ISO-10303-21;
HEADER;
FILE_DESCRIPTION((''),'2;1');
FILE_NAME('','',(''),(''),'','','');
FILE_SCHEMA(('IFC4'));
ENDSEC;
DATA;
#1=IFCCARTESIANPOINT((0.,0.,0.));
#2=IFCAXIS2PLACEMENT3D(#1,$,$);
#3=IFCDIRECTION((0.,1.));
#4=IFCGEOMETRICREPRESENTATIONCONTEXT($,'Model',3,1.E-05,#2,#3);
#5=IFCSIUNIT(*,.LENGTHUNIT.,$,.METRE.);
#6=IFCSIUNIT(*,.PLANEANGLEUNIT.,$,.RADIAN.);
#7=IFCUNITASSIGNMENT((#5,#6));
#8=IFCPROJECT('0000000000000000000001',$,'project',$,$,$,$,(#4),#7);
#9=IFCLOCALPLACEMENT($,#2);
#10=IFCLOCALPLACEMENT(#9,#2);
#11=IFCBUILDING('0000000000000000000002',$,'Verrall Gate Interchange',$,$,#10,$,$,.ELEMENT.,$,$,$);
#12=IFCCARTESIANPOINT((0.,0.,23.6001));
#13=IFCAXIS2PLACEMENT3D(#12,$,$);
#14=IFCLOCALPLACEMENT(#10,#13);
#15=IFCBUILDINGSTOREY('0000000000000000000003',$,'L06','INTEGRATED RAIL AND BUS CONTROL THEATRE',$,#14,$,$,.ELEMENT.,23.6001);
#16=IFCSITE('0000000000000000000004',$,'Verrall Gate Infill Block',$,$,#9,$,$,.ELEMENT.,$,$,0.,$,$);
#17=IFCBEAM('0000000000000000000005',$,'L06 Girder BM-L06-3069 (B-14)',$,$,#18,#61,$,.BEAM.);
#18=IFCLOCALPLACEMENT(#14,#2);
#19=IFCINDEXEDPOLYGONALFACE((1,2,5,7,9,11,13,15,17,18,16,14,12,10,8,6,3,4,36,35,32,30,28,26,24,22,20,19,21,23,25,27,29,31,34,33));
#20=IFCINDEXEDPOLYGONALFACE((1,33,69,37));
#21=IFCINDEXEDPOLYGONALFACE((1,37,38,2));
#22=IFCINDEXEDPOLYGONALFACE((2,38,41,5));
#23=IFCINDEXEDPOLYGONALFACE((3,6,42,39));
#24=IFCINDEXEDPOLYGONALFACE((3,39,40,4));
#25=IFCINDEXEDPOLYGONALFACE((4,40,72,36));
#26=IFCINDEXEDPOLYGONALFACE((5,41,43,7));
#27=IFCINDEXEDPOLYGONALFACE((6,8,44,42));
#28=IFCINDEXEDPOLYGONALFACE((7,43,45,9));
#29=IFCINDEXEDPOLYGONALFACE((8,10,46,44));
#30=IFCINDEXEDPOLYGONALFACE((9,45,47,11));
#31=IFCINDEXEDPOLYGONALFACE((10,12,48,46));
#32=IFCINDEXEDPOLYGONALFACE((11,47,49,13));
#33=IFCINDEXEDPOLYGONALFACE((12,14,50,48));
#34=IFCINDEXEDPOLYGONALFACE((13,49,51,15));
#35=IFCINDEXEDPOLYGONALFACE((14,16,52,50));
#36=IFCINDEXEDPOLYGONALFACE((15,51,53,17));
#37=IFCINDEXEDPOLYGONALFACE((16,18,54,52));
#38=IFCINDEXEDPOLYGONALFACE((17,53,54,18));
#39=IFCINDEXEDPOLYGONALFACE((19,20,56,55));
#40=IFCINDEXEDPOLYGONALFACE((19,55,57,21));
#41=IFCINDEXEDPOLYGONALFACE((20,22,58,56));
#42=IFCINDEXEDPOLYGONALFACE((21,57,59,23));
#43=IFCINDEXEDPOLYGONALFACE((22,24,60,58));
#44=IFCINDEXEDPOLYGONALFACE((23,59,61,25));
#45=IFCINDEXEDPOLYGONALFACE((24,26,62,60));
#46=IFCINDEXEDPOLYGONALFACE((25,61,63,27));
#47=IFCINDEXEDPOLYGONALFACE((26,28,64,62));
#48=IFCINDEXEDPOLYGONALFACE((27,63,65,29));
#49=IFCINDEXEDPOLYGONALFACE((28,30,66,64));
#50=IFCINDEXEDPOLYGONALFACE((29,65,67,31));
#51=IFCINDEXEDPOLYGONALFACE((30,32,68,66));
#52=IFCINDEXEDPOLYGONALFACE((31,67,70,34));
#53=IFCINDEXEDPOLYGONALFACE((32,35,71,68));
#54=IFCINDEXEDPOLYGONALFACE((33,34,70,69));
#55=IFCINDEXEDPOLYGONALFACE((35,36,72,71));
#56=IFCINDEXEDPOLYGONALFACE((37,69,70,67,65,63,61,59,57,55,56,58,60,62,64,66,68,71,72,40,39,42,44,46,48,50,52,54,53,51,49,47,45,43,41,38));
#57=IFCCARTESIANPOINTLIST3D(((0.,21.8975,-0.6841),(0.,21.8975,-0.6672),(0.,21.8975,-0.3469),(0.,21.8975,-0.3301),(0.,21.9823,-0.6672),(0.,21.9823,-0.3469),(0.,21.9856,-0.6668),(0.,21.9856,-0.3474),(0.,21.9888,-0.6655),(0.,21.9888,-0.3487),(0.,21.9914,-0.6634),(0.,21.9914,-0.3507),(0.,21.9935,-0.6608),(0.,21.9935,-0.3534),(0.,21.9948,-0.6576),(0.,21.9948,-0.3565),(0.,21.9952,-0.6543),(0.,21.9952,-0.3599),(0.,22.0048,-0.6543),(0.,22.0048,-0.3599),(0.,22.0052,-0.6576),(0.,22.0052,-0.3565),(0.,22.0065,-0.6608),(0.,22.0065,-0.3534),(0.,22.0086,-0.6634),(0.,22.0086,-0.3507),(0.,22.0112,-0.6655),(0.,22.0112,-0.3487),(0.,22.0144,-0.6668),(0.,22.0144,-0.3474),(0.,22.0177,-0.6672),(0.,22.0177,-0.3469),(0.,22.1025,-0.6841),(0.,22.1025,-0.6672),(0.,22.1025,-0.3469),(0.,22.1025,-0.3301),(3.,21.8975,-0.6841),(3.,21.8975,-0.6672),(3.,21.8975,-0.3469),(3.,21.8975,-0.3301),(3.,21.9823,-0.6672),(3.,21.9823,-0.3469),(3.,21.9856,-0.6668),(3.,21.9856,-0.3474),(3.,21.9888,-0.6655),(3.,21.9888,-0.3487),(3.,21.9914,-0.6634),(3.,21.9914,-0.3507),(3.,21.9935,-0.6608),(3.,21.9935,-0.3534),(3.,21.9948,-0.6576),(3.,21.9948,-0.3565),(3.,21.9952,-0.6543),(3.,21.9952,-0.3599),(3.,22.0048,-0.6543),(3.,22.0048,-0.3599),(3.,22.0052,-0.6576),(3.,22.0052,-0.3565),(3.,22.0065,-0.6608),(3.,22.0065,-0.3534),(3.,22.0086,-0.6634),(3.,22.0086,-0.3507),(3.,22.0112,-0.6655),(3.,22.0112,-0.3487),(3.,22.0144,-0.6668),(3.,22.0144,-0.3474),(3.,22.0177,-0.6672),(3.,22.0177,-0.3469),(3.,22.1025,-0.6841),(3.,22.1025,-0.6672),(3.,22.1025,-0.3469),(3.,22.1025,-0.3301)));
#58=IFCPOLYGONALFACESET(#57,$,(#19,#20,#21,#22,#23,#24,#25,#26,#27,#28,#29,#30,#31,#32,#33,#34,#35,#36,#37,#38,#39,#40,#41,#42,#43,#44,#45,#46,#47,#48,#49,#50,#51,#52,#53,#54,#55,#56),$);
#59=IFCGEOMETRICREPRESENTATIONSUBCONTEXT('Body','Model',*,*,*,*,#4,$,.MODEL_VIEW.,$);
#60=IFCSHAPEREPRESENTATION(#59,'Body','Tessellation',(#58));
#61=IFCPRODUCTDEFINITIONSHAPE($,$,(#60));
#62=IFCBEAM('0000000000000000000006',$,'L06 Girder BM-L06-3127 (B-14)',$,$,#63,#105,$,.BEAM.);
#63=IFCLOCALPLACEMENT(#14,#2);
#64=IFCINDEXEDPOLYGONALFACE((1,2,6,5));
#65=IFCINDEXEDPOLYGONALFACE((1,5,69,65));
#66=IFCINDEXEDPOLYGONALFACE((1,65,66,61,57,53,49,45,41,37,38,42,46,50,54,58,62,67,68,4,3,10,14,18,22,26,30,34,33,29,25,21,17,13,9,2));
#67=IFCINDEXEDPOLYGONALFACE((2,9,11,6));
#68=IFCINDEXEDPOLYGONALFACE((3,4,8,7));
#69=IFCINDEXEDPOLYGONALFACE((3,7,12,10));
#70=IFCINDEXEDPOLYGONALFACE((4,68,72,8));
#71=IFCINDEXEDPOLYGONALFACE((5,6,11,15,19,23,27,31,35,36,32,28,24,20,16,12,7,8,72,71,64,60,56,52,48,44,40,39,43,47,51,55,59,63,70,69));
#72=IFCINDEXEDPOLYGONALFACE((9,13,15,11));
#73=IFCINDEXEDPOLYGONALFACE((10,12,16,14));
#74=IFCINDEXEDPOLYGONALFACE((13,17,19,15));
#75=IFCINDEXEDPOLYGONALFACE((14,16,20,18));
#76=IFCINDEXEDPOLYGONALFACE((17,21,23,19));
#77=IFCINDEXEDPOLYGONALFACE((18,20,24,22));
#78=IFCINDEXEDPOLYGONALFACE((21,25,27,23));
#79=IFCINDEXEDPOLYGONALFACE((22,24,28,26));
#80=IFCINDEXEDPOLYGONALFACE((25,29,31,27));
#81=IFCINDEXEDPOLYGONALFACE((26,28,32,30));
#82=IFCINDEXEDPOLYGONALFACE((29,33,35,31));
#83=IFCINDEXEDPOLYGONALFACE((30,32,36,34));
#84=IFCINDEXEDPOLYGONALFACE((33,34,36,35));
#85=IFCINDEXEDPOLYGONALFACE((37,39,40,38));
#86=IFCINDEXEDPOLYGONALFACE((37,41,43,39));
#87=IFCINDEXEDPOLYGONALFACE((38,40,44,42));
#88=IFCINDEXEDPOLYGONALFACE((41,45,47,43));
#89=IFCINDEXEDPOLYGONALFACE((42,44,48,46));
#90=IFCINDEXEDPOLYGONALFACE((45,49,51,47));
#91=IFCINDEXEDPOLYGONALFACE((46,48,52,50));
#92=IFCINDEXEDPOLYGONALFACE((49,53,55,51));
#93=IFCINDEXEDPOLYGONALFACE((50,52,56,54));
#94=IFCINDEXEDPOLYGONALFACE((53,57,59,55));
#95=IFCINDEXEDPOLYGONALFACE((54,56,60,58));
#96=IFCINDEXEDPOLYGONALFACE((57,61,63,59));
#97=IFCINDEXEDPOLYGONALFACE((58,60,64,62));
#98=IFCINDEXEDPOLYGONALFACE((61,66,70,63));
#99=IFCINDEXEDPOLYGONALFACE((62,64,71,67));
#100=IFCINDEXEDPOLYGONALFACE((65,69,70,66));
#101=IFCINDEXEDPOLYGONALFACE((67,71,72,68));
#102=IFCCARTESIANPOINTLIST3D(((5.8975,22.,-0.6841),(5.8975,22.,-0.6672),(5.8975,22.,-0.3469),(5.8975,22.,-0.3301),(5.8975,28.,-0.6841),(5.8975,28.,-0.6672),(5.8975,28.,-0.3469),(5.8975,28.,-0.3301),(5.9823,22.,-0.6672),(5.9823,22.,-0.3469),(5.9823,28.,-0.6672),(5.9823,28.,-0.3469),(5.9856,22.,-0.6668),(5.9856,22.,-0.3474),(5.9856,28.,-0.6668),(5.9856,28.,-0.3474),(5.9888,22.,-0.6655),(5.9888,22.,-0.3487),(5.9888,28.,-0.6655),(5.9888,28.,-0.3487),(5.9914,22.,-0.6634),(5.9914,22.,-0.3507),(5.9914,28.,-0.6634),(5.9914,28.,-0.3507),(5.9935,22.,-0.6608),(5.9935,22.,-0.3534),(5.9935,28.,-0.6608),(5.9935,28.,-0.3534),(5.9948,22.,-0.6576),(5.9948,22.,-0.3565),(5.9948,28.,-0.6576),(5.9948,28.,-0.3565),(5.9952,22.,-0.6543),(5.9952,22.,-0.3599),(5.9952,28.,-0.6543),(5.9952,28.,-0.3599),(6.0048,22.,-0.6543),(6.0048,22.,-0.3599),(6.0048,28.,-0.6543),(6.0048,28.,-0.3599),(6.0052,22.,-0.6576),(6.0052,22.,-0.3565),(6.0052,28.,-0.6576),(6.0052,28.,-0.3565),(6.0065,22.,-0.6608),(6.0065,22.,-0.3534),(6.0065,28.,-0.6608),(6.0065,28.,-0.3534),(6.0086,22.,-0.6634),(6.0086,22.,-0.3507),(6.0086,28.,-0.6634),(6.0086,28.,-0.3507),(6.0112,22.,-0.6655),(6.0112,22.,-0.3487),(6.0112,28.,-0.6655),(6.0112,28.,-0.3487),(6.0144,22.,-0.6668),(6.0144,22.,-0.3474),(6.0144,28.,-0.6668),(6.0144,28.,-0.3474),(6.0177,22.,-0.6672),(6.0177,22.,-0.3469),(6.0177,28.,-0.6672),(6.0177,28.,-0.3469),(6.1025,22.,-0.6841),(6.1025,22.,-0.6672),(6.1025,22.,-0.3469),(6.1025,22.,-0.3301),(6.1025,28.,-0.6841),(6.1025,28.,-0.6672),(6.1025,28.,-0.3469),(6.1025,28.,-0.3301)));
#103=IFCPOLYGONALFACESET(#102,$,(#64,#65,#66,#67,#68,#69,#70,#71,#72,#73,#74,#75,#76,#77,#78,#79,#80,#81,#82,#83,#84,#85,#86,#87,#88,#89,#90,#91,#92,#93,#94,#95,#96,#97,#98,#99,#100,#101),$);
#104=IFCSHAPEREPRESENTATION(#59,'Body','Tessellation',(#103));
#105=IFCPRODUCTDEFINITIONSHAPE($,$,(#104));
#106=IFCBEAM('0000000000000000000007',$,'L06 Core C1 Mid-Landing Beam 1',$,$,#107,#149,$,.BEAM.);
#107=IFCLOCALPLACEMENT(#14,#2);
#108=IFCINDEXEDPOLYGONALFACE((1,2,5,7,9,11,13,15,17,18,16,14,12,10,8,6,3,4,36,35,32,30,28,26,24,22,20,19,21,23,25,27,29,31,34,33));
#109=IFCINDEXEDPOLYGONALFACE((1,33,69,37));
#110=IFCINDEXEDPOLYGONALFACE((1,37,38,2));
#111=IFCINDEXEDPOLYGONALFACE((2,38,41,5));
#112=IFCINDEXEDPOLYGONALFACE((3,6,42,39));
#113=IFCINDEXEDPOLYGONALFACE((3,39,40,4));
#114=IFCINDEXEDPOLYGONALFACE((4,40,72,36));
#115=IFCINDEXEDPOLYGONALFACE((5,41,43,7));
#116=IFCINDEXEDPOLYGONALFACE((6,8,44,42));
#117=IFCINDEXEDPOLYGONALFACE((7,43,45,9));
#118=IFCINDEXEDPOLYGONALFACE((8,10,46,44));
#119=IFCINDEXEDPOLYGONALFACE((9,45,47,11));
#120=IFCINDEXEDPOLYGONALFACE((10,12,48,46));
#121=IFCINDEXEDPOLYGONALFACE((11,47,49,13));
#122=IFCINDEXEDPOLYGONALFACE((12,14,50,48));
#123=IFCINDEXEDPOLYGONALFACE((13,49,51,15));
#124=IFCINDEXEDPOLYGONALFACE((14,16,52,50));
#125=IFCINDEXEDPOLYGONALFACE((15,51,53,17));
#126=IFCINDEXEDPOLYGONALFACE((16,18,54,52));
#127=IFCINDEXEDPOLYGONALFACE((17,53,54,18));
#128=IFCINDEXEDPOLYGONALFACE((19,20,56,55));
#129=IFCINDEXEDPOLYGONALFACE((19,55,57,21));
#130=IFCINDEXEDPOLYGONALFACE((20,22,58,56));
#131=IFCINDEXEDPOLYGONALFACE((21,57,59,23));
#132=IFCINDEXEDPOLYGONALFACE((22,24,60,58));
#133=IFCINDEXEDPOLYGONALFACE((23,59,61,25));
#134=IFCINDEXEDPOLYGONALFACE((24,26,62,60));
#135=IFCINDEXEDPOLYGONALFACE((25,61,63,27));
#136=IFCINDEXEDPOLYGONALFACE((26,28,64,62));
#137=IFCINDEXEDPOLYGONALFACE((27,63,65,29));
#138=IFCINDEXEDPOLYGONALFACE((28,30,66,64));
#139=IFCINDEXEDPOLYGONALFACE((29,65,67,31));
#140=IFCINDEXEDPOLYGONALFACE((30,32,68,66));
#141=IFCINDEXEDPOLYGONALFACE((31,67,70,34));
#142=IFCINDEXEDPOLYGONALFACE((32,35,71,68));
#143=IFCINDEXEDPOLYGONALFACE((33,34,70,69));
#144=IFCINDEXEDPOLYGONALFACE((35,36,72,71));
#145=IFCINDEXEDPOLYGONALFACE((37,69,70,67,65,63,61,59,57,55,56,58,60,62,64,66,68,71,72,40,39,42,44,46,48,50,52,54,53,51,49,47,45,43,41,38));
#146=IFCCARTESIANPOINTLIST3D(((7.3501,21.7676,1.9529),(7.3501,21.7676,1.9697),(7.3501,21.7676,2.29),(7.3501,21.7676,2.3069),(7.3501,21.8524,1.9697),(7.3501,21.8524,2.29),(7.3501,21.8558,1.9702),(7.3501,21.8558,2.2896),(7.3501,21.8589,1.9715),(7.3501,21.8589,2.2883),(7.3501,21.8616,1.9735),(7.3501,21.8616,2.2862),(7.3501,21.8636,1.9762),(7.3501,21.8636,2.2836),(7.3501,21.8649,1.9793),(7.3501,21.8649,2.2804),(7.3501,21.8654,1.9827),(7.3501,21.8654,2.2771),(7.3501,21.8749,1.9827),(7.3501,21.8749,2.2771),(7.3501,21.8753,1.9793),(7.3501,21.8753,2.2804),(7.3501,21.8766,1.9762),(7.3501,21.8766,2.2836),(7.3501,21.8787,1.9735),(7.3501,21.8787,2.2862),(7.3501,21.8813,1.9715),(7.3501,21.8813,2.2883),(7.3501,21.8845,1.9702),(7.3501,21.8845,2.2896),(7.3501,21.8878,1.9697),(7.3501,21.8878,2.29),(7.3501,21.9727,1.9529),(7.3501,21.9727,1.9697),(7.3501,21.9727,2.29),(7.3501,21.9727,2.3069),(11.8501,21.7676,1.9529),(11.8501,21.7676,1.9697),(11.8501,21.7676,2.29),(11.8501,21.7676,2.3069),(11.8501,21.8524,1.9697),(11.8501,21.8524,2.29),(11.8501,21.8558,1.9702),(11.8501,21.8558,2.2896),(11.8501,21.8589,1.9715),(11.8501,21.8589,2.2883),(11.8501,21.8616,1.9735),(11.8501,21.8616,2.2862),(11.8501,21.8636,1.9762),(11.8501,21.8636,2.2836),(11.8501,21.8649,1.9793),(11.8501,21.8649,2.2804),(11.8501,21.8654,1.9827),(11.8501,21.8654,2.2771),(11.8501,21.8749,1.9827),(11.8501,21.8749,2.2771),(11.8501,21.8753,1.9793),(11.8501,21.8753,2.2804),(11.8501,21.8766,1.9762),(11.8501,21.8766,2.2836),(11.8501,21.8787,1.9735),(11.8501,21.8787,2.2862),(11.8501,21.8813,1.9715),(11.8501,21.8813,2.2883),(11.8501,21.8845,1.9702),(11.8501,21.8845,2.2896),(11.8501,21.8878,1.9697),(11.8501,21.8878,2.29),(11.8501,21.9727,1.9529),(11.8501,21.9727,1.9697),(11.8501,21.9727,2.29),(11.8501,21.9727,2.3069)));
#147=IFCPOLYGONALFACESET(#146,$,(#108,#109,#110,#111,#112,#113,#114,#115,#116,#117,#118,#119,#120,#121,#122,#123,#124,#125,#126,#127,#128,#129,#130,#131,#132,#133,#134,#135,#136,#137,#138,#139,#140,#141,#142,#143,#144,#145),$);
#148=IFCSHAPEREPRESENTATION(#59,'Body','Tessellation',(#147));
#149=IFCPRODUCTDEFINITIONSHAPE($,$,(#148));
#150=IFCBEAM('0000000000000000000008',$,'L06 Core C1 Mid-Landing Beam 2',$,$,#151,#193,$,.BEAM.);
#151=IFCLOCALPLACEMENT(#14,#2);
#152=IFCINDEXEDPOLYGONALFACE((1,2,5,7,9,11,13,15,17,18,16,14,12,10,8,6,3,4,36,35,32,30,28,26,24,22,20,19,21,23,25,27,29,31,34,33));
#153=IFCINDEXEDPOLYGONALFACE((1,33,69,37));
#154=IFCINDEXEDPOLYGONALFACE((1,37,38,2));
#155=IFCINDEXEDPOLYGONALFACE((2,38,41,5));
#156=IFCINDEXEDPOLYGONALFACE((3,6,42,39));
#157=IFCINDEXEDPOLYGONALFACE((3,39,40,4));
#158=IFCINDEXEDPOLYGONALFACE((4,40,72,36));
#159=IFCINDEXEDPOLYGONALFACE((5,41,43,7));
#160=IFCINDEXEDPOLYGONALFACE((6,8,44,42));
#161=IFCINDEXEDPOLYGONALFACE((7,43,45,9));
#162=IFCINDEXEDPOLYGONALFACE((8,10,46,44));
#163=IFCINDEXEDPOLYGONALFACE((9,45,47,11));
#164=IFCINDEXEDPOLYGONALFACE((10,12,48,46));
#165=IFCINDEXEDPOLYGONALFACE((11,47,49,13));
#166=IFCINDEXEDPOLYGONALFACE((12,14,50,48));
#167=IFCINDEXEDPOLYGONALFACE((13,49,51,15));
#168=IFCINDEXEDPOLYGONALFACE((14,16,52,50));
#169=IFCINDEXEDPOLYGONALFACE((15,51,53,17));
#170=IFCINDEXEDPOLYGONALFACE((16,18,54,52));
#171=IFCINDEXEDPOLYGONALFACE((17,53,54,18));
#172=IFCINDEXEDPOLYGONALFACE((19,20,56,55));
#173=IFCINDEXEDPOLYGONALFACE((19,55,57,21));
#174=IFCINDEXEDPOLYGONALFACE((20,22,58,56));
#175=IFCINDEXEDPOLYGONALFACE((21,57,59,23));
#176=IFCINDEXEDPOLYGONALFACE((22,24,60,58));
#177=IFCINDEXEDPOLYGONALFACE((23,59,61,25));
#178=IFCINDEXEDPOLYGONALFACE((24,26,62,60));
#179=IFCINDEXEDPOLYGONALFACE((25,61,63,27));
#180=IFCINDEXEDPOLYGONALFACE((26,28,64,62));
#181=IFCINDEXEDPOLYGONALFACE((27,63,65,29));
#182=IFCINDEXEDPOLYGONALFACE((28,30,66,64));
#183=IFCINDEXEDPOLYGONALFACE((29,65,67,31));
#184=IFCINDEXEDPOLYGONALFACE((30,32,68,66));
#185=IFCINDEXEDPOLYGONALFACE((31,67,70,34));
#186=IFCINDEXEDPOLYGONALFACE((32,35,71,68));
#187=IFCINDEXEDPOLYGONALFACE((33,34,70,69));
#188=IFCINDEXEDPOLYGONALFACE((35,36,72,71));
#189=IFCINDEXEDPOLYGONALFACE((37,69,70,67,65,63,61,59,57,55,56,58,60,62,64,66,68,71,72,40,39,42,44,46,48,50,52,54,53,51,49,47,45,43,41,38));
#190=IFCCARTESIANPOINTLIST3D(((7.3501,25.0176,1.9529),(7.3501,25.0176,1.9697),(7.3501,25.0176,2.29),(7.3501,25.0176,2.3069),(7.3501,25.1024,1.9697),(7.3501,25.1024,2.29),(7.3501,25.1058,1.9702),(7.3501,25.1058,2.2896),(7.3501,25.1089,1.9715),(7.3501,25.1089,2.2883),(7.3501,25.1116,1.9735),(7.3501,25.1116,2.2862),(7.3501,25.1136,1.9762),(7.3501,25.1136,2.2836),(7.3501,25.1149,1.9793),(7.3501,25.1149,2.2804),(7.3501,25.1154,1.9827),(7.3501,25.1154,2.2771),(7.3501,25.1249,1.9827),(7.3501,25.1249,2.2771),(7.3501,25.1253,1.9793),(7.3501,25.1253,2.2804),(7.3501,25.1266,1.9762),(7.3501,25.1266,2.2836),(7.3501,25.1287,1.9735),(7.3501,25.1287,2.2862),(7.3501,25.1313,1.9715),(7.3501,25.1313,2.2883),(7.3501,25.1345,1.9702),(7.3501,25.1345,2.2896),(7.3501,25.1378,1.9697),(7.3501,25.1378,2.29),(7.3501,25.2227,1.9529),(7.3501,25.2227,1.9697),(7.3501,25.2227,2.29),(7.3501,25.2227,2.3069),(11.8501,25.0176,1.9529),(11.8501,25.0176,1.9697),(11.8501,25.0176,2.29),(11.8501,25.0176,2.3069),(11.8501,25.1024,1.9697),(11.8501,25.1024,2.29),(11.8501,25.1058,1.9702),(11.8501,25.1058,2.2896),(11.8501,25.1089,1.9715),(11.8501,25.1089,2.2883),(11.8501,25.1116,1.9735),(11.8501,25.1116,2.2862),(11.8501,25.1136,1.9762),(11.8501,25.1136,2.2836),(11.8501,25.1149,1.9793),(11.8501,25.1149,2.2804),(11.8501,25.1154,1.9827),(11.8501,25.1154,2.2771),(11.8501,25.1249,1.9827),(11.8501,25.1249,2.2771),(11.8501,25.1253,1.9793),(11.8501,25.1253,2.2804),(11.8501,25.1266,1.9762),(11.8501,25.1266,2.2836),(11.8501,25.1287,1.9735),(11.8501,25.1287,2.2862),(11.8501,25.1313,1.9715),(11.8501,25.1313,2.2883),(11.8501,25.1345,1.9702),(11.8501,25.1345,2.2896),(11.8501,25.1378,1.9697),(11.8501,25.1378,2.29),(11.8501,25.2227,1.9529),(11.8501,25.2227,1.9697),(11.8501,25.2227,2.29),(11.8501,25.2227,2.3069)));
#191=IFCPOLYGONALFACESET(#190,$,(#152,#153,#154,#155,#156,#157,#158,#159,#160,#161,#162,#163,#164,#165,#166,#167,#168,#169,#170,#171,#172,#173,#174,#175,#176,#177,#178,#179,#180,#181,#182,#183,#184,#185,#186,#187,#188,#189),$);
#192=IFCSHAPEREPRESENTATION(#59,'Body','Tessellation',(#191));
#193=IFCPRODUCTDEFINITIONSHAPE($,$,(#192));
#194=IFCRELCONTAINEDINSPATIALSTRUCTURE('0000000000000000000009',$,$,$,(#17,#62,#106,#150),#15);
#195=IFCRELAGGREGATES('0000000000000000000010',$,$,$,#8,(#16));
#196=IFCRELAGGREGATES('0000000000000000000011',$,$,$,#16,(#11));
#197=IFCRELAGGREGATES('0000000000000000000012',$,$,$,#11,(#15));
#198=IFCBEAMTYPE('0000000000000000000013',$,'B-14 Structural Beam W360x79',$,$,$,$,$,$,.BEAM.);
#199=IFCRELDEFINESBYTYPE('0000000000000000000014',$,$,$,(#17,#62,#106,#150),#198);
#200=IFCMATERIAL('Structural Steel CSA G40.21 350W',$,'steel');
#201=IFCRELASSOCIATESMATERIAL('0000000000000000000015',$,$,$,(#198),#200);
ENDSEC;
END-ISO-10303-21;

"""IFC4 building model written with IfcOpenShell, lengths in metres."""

from ifc_helpers import new_model, si_unit, direction, frame, origin, origin_2d, place, context, subcontext, project, spatial, i_section, extrude, material, material_profile, profile_set, type_object, element, save


model = new_model("IFC4")

# Units and contexts
model_context = context("Model", 3, precision=1e-05, world=origin(), true_north=direction((0.0, 1.0)))
body_context = subcontext(model_context, "Body", "Model", "MODEL_VIEW")
ifc_project = project(units=[si_unit("LENGTHUNIT", "METRE"), si_unit("PLANEANGLEUNIT", "RADIAN")], contexts=[model_context])

# Site, building, storey
site_placement = place(None, origin())
site = spatial("IfcSite", under=ifc_project, at=site_placement, Name="Verrall Gate Infill Block", CompositionType="ELEMENT", RefElevation=0.0)
building_placement = place(site_placement, origin())
building = spatial("IfcBuilding", under=site, at=building_placement, Name="Verrall Gate Interchange", CompositionType="ELEMENT")
storey_placement = place(building_placement, frame((0.0, 0.0, 23.6001)))
storey = spatial("IfcBuildingStorey", under=building, at=storey_placement, Name="L06", Description="INTEGRATED RAIL AND BUS CONTROL THEATRE", CompositionType="ELEMENT", Elevation=23.6001)

# Beams
ifc_material_1 = material(Name="Structural Steel CSA G40.21 350W", Category="steel")
ifc_material_profile_1 = material_profile(ifc_material_1, i_section(OverallWidth=0.2051, OverallDepth=0.354, WebThickness=0.0095, FlangeThickness=0.0168, FilletRadius=0.0129, at=origin_2d()), Name="W360x79")
ifc_profile_set_1 = profile_set([ifc_material_profile_1], Name="Structural Steel CSA G40.21 350W")
beam_type_1 = type_object("IfcBeamType", Name="B-14 Structural Beam W360x79", PredefinedType="BEAM", material=ifc_profile_set_1)
beam_1_placement = place(storey_placement, frame((0.0, 22.0, -0.5071), z_axis=(1.0, 0.0, 0.0), x_axis=(0.0, 1.0, 0.0)))
element("IfcBeam", 1, at=beam_1_placement, inside=storey, type_object=beam_type_1, Name="L06 Girder BM-L06-3069 (B-14)", PredefinedType="BEAM", context=body_context, shape_type="SweptSolid", body=[
    extrude(i_section(OverallWidth=0.2051, OverallDepth=0.354, WebThickness=0.0095, FlangeThickness=0.0168, FilletRadius=0.0129, at=origin_2d()), origin(), (0.0, 0.0, 1.0), 3.0),
])
beam_2_placement = place(storey_placement, frame((6.0, 22.0, -0.5071), z_axis=(0.0, 1.0, 0.0), x_axis=(-1.0, 0.0, 0.0)))
element("IfcBeam", 2, at=beam_2_placement, inside=storey, type_object=beam_type_1, Name="L06 Girder BM-L06-3127 (B-14)", PredefinedType="BEAM", context=body_context, shape_type="SweptSolid", body=[
    extrude(i_section(OverallWidth=0.2051, OverallDepth=0.354, WebThickness=0.0095, FlangeThickness=0.0168, FilletRadius=0.0129, at=origin_2d()), origin(), (0.0, 0.0, 1.0), 6.0),
])
for number, where, z_axis, x_axis, name in (
    (3, (7.3501, 21.8701, 2.1299), (1.0, 0.0, 0.0), (0.0, 1.0, 0.0), "L06 Core C1 Mid-Landing Beam 1"),
    (4, (7.3501, 25.1201, 2.1299), (1.0, 0.0, 0.0), (0.0, 1.0, 0.0), "L06 Core C1 Mid-Landing Beam 2"),
):
    element("IfcBeam", number, at=place(storey_placement, frame(where, z_axis=z_axis, x_axis=x_axis)), inside=storey, type_object=beam_type_1, Name=name, PredefinedType="BEAM", context=body_context, shape_type="SweptSolid", body=[
        extrude(i_section(OverallWidth=0.2051, OverallDepth=0.354, WebThickness=0.0095, FlangeThickness=0.0168, FilletRadius=0.0129, at=origin_2d()), origin(), (0.0, 0.0, 1.0), 4.5),
    ])

save(model, "model.ifc")
